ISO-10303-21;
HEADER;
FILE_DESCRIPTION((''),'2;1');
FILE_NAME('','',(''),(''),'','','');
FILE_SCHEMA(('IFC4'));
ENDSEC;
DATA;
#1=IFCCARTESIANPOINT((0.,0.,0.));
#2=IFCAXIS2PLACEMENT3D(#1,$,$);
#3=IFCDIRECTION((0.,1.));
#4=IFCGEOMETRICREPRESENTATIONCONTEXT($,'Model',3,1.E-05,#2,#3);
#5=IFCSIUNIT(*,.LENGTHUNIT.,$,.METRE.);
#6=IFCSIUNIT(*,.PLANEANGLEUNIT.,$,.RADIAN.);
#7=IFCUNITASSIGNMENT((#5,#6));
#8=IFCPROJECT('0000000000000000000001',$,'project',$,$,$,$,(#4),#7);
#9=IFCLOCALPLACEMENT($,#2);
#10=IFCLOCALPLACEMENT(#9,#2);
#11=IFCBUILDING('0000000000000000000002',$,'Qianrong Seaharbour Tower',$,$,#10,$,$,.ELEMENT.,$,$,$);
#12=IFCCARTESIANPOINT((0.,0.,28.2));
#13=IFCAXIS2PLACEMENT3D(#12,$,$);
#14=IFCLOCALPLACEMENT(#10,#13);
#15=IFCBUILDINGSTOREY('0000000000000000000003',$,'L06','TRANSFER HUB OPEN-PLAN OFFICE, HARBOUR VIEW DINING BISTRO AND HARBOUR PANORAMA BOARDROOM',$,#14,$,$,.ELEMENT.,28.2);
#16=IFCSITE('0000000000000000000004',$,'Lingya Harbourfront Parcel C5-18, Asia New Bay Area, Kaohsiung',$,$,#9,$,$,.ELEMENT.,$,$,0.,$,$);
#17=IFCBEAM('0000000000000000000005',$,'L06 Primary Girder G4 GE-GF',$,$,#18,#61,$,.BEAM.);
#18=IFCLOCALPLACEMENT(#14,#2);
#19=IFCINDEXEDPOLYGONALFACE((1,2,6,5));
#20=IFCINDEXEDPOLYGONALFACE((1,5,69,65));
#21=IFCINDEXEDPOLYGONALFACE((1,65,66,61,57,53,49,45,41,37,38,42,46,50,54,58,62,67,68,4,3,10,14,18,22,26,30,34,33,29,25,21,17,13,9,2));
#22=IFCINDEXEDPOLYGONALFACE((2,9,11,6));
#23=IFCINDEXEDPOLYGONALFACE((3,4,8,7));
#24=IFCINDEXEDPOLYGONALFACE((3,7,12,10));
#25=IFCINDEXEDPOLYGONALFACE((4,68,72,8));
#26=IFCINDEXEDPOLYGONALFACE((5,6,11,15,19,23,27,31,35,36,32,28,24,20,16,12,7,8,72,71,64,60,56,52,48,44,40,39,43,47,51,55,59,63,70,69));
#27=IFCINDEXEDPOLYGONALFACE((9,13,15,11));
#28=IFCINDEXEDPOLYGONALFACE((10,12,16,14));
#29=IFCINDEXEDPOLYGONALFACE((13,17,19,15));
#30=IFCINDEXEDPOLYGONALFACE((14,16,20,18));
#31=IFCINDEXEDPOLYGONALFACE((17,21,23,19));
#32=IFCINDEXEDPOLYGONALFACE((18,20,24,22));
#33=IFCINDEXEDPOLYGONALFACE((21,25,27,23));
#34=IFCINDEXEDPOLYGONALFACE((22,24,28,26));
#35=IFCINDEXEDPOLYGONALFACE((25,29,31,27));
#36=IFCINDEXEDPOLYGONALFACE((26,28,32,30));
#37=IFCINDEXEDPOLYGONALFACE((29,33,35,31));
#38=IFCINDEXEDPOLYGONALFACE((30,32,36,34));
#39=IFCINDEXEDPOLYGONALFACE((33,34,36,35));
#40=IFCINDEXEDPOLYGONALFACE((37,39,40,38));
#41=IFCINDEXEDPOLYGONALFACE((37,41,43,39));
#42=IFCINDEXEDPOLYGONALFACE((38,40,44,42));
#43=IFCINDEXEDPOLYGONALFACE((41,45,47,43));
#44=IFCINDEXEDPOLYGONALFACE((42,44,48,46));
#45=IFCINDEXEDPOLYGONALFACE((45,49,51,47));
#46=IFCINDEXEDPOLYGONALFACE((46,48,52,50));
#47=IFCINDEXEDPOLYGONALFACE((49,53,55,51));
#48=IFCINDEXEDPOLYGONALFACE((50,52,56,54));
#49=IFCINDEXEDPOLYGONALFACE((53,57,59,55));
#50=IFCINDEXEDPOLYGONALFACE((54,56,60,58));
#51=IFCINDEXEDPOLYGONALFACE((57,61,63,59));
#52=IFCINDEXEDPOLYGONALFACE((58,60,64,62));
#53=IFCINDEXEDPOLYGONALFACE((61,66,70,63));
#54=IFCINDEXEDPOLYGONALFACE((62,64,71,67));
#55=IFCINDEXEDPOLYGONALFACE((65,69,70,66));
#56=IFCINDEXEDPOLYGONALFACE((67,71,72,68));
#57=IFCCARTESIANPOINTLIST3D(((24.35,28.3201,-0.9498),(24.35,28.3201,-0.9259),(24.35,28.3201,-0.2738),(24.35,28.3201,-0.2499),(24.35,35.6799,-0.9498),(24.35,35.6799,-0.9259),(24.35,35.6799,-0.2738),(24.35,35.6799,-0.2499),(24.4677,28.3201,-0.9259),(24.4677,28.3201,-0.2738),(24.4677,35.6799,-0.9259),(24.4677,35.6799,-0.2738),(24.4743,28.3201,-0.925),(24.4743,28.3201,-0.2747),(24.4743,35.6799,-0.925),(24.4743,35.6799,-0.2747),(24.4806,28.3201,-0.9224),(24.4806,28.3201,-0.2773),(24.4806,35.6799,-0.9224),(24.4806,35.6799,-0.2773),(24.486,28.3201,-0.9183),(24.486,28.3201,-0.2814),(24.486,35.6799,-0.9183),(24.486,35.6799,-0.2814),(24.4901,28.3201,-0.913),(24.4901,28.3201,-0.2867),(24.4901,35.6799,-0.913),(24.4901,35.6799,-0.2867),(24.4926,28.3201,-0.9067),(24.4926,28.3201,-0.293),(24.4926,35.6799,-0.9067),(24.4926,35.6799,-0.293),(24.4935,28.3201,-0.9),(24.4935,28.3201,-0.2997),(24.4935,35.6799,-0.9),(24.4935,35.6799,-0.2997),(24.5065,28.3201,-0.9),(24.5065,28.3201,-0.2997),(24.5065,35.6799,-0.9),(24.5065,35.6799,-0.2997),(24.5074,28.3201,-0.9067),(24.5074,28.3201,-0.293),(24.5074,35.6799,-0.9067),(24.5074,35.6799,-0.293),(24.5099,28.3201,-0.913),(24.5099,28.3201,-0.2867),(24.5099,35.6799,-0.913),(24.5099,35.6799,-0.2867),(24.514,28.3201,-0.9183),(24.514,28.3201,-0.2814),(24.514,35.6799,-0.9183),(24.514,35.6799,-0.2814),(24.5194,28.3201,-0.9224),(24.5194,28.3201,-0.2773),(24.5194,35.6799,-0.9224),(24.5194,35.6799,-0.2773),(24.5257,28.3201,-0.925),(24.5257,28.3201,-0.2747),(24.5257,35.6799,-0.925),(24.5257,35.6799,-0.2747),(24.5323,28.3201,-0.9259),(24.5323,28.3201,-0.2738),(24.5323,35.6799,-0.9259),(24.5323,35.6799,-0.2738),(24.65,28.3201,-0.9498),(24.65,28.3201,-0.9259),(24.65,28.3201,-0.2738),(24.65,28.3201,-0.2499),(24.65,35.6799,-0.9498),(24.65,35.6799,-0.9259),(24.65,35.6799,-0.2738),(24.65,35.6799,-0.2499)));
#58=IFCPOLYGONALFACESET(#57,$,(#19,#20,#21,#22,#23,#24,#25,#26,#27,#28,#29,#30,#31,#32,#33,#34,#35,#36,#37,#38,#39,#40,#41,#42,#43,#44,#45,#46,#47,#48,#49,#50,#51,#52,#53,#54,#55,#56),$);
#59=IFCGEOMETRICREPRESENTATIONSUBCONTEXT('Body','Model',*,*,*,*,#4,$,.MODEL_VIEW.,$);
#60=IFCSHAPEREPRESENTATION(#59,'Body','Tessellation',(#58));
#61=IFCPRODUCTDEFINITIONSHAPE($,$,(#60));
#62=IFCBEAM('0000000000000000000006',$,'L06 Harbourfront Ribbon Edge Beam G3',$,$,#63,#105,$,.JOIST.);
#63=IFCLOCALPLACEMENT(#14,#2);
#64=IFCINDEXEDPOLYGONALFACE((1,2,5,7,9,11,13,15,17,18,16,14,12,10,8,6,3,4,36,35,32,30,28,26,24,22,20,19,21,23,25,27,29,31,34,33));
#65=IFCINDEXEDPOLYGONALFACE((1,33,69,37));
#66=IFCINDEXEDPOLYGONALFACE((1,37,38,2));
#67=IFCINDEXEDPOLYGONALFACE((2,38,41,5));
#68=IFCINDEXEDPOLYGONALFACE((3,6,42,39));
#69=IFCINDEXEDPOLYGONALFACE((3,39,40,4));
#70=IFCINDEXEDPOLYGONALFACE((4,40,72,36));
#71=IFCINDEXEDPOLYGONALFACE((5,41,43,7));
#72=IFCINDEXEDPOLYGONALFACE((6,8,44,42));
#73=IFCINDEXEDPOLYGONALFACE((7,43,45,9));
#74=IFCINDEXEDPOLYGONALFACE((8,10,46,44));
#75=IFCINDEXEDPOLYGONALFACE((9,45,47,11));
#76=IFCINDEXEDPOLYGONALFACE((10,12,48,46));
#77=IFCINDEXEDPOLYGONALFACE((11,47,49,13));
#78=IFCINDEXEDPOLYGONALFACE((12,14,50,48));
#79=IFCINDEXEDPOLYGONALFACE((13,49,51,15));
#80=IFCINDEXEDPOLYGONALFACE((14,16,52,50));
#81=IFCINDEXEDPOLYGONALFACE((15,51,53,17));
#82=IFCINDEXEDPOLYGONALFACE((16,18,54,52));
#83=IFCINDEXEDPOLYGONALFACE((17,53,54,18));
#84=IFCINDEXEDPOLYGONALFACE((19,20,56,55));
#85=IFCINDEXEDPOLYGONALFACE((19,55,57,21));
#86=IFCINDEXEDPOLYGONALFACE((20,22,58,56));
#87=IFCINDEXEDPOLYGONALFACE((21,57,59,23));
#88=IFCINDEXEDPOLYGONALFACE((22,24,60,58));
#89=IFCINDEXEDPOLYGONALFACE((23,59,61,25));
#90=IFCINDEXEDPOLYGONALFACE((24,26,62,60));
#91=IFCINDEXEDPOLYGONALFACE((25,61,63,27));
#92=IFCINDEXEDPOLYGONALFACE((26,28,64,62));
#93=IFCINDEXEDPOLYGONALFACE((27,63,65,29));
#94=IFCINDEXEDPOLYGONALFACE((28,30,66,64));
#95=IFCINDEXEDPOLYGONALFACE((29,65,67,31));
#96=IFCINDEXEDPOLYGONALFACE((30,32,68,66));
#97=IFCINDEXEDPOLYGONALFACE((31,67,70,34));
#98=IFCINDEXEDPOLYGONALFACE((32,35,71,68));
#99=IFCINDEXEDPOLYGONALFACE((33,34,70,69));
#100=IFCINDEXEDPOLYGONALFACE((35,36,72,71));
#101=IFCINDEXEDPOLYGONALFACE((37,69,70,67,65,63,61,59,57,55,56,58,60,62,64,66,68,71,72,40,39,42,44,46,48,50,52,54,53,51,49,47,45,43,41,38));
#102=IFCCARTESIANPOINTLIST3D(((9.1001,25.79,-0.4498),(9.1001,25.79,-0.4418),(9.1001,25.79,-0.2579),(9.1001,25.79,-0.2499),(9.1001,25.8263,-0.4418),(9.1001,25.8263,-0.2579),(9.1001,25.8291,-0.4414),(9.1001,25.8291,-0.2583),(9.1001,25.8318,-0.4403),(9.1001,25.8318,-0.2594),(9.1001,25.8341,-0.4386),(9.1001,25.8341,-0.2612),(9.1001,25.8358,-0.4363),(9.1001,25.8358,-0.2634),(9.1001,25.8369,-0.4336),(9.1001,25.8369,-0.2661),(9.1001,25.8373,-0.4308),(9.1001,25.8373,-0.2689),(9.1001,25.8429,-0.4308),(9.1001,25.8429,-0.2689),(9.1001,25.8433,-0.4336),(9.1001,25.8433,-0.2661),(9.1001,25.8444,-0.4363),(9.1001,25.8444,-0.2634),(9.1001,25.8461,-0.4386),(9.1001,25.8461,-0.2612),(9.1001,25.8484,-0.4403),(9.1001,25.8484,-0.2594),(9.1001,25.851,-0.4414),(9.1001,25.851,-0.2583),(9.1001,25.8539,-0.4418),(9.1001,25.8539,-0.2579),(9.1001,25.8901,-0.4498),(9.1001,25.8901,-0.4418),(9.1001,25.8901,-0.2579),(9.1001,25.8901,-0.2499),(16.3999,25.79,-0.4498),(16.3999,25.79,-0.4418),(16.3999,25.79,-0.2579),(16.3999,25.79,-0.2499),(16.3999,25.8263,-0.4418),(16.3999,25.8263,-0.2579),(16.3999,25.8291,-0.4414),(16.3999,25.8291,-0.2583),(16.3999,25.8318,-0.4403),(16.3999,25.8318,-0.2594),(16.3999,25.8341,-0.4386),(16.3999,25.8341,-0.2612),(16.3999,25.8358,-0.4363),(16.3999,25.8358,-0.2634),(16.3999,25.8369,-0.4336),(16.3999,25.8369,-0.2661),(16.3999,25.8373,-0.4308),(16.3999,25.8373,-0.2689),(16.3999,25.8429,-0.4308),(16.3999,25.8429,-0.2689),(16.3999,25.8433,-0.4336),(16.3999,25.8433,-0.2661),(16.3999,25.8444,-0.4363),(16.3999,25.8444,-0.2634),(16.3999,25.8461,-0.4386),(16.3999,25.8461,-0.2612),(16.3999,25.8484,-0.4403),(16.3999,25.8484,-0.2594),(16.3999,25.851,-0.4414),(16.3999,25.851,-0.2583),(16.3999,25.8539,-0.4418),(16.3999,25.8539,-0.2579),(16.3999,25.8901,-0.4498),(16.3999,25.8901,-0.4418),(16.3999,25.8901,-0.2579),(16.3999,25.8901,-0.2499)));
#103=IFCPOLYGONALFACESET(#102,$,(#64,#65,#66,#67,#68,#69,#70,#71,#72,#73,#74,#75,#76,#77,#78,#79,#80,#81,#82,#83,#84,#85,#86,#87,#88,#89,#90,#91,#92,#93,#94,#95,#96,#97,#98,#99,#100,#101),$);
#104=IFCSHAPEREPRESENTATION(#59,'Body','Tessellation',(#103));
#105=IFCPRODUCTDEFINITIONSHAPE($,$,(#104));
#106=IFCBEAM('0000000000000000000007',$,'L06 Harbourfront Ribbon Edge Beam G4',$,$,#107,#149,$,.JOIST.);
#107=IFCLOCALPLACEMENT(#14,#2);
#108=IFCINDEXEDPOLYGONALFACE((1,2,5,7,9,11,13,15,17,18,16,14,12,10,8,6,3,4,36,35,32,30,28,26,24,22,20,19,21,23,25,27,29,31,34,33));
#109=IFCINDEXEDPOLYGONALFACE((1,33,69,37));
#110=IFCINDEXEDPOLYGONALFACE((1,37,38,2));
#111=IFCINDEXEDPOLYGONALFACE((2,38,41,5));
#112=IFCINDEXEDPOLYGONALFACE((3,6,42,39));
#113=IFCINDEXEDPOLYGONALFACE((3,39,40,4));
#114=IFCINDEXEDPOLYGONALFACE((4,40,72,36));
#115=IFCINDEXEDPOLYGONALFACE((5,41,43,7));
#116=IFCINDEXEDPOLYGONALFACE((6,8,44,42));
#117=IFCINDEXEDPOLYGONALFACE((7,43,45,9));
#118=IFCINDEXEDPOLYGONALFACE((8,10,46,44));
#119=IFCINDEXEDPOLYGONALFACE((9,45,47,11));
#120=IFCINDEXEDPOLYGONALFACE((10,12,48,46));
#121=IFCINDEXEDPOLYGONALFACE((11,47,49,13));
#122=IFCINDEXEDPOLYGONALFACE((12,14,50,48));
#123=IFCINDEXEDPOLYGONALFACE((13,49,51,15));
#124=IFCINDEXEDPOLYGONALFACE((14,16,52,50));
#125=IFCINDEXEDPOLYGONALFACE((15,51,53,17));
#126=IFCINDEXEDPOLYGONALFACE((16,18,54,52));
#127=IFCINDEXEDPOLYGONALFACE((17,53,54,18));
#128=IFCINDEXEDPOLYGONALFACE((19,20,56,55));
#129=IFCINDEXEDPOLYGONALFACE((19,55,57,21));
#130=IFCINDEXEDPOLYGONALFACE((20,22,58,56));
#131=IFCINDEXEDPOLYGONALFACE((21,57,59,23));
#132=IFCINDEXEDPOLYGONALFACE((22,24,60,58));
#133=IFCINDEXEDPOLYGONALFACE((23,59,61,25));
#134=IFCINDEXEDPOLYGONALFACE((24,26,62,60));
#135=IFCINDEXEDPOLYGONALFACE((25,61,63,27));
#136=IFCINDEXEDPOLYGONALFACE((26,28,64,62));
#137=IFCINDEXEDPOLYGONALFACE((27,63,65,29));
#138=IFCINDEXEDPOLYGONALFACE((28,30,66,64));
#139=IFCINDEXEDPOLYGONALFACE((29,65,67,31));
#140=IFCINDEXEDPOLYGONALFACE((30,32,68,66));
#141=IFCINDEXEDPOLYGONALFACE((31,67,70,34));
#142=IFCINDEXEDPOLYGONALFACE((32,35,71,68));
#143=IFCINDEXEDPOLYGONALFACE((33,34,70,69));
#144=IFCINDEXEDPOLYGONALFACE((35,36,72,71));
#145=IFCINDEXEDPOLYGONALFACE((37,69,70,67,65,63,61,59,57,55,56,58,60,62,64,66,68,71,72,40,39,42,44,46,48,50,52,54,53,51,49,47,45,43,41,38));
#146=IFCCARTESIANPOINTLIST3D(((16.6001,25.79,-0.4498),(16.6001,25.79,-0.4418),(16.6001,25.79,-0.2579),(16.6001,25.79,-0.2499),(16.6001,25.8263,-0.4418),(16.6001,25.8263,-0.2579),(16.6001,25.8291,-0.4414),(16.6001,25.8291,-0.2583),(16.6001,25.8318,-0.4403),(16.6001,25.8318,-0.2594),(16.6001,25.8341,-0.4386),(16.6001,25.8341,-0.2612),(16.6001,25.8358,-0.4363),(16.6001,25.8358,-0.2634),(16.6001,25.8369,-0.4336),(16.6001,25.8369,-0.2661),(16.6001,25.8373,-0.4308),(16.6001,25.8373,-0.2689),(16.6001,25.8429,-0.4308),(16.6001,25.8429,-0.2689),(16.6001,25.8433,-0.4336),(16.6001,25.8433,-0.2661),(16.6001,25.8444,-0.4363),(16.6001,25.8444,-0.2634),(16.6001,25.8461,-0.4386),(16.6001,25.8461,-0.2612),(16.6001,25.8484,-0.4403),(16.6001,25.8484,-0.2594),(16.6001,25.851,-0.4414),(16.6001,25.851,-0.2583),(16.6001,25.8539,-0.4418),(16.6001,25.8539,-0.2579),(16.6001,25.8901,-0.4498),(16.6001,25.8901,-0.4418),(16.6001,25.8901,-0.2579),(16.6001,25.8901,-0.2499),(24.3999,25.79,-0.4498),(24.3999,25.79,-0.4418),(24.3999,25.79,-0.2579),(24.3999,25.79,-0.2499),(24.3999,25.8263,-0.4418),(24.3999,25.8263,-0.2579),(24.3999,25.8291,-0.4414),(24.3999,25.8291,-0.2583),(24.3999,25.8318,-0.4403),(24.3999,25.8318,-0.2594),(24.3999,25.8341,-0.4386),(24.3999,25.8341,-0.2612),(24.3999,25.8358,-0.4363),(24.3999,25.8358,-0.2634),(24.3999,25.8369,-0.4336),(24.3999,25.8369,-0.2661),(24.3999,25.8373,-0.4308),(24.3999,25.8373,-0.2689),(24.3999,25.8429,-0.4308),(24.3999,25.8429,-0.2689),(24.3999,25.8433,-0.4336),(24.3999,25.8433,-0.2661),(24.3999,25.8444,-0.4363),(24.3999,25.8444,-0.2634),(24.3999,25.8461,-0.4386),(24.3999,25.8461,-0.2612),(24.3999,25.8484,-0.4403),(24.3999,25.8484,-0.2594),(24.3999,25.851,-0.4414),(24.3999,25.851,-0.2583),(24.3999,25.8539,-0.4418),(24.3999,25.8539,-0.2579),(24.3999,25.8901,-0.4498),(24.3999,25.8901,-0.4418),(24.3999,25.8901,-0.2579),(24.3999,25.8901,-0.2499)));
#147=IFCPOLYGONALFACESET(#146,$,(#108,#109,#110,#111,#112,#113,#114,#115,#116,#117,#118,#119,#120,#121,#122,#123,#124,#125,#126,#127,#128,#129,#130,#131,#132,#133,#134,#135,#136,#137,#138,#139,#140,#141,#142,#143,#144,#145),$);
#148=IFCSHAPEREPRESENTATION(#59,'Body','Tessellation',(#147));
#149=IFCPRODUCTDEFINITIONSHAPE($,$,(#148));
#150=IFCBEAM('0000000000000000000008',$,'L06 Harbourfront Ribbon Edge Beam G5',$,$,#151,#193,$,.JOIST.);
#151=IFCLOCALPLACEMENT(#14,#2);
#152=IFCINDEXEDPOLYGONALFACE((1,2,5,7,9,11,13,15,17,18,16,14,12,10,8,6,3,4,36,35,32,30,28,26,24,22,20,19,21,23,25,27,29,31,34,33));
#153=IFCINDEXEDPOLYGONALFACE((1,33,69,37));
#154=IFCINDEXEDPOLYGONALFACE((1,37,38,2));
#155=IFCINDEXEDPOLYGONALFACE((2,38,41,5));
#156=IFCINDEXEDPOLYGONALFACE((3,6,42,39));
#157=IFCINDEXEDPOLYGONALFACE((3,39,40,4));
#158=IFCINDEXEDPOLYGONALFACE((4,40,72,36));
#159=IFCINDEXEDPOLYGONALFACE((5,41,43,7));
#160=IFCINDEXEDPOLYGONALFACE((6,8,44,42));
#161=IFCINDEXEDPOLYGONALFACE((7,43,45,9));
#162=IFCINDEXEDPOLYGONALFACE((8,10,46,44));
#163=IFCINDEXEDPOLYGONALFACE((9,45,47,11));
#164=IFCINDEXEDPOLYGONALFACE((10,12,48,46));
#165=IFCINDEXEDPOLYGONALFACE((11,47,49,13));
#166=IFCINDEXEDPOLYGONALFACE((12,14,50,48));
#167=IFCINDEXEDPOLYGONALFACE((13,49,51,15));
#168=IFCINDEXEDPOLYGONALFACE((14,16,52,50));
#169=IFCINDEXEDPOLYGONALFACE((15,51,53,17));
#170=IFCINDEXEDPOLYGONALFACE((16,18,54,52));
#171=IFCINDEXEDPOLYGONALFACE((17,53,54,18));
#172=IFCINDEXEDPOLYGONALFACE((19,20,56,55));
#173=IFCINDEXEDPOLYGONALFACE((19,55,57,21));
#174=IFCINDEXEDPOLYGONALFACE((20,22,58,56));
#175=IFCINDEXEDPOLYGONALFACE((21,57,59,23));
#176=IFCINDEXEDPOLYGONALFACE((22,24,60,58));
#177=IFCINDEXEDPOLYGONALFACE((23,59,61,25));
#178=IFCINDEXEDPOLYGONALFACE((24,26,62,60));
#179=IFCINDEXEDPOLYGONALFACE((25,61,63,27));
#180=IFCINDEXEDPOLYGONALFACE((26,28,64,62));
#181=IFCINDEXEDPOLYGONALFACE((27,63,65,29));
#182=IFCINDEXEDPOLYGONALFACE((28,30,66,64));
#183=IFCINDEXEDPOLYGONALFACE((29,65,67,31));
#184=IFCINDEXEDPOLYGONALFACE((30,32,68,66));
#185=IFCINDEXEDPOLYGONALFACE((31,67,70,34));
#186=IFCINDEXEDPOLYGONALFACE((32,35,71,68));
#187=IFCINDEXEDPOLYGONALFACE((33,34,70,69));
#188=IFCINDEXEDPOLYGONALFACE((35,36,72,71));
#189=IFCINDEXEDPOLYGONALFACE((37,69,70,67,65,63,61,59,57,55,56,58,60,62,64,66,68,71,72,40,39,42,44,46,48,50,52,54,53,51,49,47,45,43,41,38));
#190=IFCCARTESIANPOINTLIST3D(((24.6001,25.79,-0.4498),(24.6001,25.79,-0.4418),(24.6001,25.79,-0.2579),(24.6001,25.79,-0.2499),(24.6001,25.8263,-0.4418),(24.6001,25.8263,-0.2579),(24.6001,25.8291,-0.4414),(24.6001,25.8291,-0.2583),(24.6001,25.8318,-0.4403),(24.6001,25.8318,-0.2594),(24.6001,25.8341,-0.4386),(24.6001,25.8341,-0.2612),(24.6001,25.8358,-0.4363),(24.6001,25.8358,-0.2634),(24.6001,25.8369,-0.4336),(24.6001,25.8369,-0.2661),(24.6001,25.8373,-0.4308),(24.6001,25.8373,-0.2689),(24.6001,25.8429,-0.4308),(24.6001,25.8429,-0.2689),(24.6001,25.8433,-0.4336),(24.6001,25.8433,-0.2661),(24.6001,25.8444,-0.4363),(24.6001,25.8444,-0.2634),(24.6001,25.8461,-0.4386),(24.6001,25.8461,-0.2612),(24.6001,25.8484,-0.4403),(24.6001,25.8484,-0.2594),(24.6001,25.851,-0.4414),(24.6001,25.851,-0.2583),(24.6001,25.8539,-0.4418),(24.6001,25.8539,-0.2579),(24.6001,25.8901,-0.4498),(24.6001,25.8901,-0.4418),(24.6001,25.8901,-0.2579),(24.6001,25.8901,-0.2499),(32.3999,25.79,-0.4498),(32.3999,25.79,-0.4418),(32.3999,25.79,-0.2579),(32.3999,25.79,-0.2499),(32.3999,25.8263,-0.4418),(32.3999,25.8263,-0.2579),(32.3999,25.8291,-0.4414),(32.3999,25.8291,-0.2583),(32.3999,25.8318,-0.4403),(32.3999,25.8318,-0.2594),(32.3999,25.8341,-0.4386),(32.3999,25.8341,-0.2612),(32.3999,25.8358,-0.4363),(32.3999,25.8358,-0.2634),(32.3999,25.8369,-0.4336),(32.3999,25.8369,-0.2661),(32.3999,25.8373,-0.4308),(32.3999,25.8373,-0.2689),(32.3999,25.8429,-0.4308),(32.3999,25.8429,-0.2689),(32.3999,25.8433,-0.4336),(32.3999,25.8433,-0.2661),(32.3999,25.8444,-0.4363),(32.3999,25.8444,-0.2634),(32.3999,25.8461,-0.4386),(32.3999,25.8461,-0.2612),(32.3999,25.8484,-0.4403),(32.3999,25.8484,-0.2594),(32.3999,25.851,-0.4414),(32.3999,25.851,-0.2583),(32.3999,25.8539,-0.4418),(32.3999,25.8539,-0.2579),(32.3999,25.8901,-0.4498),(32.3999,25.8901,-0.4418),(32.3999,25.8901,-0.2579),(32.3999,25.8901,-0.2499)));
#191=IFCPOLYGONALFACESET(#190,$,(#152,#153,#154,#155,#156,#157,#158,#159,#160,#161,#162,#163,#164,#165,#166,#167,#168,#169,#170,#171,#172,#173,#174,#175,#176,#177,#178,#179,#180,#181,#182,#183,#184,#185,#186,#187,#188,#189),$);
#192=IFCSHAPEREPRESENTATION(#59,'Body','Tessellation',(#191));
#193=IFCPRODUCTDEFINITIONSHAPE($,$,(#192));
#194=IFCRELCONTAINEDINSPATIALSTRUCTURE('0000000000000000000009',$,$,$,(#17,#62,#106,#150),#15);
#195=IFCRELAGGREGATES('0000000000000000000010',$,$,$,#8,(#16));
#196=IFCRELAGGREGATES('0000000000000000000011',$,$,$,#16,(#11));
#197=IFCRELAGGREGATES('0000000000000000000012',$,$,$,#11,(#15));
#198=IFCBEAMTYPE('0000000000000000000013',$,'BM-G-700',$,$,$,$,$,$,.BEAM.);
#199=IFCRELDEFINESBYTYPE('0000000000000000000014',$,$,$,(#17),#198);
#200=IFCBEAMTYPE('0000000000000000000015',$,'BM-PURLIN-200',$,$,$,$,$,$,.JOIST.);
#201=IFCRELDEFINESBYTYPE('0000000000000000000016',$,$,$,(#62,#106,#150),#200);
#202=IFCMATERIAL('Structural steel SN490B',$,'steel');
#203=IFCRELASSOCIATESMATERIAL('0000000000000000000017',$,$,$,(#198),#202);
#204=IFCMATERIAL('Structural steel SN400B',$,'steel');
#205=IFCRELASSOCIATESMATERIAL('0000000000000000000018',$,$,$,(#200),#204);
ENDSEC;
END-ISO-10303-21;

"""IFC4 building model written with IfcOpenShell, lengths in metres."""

from ifc_helpers import new_model, si_unit, direction, frame, origin, origin_2d, place, context, subcontext, project, spatial, i_section, extrude, material, material_profile, profile_set, type_object, element, save


model = new_model("IFC4")

# Units and contexts
model_context = context("Model", 3, precision=1e-05, world=origin(), true_north=direction((0.0, 1.0)))
body_context = subcontext(model_context, "Body", "Model", "MODEL_VIEW")
ifc_project = project(units=[si_unit("LENGTHUNIT", "METRE"), si_unit("PLANEANGLEUNIT", "RADIAN")], contexts=[model_context])

# Site, building, storey
site_placement = place(None, origin())
site = spatial("IfcSite", under=ifc_project, at=site_placement, Name="Lingya Harbourfront Parcel C5-18, Asia New Bay Area, Kaohsiung", CompositionType="ELEMENT", RefElevation=0.0)
building_placement = place(site_placement, origin())
building = spatial("IfcBuilding", under=site, at=building_placement, Name="Qianrong Seaharbour Tower", CompositionType="ELEMENT")
storey_placement = place(building_placement, frame((0.0, 0.0, 28.2)))
storey = spatial("IfcBuildingStorey", under=building, at=storey_placement, Name="L06", Description="TRANSFER HUB OPEN-PLAN OFFICE, HARBOUR VIEW DINING BISTRO AND HARBOUR PANORAMA BOARDROOM", CompositionType="ELEMENT", Elevation=28.2)

# Shared definitions
ifc_material_1 = material(Name="Structural steel SN490B", Category="steel")

# Beams
ifc_material_profile_1 = material_profile(ifc_material_1, i_section(OverallWidth=0.3, OverallDepth=0.7, WebThickness=0.0129, FlangeThickness=0.0239, FilletRadius=0.0259, at=origin_2d()), Name="H700x300x13x24")
ifc_profile_set_1 = profile_set([ifc_material_profile_1], Name="Structural steel SN490B")
beam_type_1 = type_object("IfcBeamType", Name="BM-G-700", PredefinedType="BEAM", material=ifc_profile_set_1)
for number, where, z_axis, x_axis, name in (
    (1, (24.5, 28.3201, -0.5999), (0.0, 1.0, 0.0), (-1.0, 0.0, 0.0), "L06 Primary Girder G4 GE-GF"),
):
    element("IfcBeam", number, at=place(storey_placement, frame(where, z_axis=z_axis, x_axis=x_axis)), inside=storey, type_object=beam_type_1, Name=name, PredefinedType="BEAM", context=body_context, shape_type="SweptSolid", body=[
        extrude(i_section(OverallWidth=0.3, OverallDepth=0.7, WebThickness=0.0129, FlangeThickness=0.0239, FilletRadius=0.0259, at=origin_2d()), origin(), (0.0, 0.0, 1.0), 7.3599),
    ])
ifc_material_2 = material(Name="Structural steel SN400B", Category="steel")
ifc_material_profile_2 = material_profile(ifc_material_2, i_section(OverallWidth=0.1001, OverallDepth=0.2, WebThickness=0.0056, FlangeThickness=0.0081, FilletRadius=0.011, at=origin_2d()), Name="H200x100x5.5x8")
ifc_profile_set_2 = profile_set([ifc_material_profile_2], Name="Structural steel SN400B")
beam_type_2 = type_object("IfcBeamType", Name="BM-PURLIN-200", PredefinedType="JOIST", material=ifc_profile_set_2)
beam_1_placement = place(storey_placement, frame((9.1001, 25.8401, -0.3499), z_axis=(1.0, 0.0, 0.0), x_axis=(0.0, 1.0, 0.0)))
element("IfcBeam", 2, at=beam_1_placement, inside=storey, type_object=beam_type_2, Name="L06 Harbourfront Ribbon Edge Beam G3", PredefinedType="JOIST", context=body_context, shape_type="SweptSolid", body=[
    extrude(i_section(OverallWidth=0.1001, OverallDepth=0.2, WebThickness=0.0056, FlangeThickness=0.0081, FilletRadius=0.011, at=origin_2d()), origin(), (0.0, 0.0, 1.0), 7.2998),
])
for number, where, z_axis, x_axis, name in (
    (3, (16.6001, 25.8401, -0.3499), (1.0, 0.0, 0.0), (0.0, 1.0, 0.0), "L06 Harbourfront Ribbon Edge Beam G4"),
    (4, (24.6001, 25.8401, -0.3499), (1.0, 0.0, 0.0), (0.0, 1.0, 0.0), "L06 Harbourfront Ribbon Edge Beam G5"),
):
    element("IfcBeam", number, at=place(storey_placement, frame(where, z_axis=z_axis, x_axis=x_axis)), inside=storey, type_object=beam_type_2, Name=name, PredefinedType="JOIST", context=body_context, shape_type="SweptSolid", body=[
        extrude(i_section(OverallWidth=0.1001, OverallDepth=0.2, WebThickness=0.0056, FlangeThickness=0.0081, FilletRadius=0.011, at=origin_2d()), origin(), (0.0, 0.0, 1.0), 7.7998),
    ])

save(model, "model.ifc")
